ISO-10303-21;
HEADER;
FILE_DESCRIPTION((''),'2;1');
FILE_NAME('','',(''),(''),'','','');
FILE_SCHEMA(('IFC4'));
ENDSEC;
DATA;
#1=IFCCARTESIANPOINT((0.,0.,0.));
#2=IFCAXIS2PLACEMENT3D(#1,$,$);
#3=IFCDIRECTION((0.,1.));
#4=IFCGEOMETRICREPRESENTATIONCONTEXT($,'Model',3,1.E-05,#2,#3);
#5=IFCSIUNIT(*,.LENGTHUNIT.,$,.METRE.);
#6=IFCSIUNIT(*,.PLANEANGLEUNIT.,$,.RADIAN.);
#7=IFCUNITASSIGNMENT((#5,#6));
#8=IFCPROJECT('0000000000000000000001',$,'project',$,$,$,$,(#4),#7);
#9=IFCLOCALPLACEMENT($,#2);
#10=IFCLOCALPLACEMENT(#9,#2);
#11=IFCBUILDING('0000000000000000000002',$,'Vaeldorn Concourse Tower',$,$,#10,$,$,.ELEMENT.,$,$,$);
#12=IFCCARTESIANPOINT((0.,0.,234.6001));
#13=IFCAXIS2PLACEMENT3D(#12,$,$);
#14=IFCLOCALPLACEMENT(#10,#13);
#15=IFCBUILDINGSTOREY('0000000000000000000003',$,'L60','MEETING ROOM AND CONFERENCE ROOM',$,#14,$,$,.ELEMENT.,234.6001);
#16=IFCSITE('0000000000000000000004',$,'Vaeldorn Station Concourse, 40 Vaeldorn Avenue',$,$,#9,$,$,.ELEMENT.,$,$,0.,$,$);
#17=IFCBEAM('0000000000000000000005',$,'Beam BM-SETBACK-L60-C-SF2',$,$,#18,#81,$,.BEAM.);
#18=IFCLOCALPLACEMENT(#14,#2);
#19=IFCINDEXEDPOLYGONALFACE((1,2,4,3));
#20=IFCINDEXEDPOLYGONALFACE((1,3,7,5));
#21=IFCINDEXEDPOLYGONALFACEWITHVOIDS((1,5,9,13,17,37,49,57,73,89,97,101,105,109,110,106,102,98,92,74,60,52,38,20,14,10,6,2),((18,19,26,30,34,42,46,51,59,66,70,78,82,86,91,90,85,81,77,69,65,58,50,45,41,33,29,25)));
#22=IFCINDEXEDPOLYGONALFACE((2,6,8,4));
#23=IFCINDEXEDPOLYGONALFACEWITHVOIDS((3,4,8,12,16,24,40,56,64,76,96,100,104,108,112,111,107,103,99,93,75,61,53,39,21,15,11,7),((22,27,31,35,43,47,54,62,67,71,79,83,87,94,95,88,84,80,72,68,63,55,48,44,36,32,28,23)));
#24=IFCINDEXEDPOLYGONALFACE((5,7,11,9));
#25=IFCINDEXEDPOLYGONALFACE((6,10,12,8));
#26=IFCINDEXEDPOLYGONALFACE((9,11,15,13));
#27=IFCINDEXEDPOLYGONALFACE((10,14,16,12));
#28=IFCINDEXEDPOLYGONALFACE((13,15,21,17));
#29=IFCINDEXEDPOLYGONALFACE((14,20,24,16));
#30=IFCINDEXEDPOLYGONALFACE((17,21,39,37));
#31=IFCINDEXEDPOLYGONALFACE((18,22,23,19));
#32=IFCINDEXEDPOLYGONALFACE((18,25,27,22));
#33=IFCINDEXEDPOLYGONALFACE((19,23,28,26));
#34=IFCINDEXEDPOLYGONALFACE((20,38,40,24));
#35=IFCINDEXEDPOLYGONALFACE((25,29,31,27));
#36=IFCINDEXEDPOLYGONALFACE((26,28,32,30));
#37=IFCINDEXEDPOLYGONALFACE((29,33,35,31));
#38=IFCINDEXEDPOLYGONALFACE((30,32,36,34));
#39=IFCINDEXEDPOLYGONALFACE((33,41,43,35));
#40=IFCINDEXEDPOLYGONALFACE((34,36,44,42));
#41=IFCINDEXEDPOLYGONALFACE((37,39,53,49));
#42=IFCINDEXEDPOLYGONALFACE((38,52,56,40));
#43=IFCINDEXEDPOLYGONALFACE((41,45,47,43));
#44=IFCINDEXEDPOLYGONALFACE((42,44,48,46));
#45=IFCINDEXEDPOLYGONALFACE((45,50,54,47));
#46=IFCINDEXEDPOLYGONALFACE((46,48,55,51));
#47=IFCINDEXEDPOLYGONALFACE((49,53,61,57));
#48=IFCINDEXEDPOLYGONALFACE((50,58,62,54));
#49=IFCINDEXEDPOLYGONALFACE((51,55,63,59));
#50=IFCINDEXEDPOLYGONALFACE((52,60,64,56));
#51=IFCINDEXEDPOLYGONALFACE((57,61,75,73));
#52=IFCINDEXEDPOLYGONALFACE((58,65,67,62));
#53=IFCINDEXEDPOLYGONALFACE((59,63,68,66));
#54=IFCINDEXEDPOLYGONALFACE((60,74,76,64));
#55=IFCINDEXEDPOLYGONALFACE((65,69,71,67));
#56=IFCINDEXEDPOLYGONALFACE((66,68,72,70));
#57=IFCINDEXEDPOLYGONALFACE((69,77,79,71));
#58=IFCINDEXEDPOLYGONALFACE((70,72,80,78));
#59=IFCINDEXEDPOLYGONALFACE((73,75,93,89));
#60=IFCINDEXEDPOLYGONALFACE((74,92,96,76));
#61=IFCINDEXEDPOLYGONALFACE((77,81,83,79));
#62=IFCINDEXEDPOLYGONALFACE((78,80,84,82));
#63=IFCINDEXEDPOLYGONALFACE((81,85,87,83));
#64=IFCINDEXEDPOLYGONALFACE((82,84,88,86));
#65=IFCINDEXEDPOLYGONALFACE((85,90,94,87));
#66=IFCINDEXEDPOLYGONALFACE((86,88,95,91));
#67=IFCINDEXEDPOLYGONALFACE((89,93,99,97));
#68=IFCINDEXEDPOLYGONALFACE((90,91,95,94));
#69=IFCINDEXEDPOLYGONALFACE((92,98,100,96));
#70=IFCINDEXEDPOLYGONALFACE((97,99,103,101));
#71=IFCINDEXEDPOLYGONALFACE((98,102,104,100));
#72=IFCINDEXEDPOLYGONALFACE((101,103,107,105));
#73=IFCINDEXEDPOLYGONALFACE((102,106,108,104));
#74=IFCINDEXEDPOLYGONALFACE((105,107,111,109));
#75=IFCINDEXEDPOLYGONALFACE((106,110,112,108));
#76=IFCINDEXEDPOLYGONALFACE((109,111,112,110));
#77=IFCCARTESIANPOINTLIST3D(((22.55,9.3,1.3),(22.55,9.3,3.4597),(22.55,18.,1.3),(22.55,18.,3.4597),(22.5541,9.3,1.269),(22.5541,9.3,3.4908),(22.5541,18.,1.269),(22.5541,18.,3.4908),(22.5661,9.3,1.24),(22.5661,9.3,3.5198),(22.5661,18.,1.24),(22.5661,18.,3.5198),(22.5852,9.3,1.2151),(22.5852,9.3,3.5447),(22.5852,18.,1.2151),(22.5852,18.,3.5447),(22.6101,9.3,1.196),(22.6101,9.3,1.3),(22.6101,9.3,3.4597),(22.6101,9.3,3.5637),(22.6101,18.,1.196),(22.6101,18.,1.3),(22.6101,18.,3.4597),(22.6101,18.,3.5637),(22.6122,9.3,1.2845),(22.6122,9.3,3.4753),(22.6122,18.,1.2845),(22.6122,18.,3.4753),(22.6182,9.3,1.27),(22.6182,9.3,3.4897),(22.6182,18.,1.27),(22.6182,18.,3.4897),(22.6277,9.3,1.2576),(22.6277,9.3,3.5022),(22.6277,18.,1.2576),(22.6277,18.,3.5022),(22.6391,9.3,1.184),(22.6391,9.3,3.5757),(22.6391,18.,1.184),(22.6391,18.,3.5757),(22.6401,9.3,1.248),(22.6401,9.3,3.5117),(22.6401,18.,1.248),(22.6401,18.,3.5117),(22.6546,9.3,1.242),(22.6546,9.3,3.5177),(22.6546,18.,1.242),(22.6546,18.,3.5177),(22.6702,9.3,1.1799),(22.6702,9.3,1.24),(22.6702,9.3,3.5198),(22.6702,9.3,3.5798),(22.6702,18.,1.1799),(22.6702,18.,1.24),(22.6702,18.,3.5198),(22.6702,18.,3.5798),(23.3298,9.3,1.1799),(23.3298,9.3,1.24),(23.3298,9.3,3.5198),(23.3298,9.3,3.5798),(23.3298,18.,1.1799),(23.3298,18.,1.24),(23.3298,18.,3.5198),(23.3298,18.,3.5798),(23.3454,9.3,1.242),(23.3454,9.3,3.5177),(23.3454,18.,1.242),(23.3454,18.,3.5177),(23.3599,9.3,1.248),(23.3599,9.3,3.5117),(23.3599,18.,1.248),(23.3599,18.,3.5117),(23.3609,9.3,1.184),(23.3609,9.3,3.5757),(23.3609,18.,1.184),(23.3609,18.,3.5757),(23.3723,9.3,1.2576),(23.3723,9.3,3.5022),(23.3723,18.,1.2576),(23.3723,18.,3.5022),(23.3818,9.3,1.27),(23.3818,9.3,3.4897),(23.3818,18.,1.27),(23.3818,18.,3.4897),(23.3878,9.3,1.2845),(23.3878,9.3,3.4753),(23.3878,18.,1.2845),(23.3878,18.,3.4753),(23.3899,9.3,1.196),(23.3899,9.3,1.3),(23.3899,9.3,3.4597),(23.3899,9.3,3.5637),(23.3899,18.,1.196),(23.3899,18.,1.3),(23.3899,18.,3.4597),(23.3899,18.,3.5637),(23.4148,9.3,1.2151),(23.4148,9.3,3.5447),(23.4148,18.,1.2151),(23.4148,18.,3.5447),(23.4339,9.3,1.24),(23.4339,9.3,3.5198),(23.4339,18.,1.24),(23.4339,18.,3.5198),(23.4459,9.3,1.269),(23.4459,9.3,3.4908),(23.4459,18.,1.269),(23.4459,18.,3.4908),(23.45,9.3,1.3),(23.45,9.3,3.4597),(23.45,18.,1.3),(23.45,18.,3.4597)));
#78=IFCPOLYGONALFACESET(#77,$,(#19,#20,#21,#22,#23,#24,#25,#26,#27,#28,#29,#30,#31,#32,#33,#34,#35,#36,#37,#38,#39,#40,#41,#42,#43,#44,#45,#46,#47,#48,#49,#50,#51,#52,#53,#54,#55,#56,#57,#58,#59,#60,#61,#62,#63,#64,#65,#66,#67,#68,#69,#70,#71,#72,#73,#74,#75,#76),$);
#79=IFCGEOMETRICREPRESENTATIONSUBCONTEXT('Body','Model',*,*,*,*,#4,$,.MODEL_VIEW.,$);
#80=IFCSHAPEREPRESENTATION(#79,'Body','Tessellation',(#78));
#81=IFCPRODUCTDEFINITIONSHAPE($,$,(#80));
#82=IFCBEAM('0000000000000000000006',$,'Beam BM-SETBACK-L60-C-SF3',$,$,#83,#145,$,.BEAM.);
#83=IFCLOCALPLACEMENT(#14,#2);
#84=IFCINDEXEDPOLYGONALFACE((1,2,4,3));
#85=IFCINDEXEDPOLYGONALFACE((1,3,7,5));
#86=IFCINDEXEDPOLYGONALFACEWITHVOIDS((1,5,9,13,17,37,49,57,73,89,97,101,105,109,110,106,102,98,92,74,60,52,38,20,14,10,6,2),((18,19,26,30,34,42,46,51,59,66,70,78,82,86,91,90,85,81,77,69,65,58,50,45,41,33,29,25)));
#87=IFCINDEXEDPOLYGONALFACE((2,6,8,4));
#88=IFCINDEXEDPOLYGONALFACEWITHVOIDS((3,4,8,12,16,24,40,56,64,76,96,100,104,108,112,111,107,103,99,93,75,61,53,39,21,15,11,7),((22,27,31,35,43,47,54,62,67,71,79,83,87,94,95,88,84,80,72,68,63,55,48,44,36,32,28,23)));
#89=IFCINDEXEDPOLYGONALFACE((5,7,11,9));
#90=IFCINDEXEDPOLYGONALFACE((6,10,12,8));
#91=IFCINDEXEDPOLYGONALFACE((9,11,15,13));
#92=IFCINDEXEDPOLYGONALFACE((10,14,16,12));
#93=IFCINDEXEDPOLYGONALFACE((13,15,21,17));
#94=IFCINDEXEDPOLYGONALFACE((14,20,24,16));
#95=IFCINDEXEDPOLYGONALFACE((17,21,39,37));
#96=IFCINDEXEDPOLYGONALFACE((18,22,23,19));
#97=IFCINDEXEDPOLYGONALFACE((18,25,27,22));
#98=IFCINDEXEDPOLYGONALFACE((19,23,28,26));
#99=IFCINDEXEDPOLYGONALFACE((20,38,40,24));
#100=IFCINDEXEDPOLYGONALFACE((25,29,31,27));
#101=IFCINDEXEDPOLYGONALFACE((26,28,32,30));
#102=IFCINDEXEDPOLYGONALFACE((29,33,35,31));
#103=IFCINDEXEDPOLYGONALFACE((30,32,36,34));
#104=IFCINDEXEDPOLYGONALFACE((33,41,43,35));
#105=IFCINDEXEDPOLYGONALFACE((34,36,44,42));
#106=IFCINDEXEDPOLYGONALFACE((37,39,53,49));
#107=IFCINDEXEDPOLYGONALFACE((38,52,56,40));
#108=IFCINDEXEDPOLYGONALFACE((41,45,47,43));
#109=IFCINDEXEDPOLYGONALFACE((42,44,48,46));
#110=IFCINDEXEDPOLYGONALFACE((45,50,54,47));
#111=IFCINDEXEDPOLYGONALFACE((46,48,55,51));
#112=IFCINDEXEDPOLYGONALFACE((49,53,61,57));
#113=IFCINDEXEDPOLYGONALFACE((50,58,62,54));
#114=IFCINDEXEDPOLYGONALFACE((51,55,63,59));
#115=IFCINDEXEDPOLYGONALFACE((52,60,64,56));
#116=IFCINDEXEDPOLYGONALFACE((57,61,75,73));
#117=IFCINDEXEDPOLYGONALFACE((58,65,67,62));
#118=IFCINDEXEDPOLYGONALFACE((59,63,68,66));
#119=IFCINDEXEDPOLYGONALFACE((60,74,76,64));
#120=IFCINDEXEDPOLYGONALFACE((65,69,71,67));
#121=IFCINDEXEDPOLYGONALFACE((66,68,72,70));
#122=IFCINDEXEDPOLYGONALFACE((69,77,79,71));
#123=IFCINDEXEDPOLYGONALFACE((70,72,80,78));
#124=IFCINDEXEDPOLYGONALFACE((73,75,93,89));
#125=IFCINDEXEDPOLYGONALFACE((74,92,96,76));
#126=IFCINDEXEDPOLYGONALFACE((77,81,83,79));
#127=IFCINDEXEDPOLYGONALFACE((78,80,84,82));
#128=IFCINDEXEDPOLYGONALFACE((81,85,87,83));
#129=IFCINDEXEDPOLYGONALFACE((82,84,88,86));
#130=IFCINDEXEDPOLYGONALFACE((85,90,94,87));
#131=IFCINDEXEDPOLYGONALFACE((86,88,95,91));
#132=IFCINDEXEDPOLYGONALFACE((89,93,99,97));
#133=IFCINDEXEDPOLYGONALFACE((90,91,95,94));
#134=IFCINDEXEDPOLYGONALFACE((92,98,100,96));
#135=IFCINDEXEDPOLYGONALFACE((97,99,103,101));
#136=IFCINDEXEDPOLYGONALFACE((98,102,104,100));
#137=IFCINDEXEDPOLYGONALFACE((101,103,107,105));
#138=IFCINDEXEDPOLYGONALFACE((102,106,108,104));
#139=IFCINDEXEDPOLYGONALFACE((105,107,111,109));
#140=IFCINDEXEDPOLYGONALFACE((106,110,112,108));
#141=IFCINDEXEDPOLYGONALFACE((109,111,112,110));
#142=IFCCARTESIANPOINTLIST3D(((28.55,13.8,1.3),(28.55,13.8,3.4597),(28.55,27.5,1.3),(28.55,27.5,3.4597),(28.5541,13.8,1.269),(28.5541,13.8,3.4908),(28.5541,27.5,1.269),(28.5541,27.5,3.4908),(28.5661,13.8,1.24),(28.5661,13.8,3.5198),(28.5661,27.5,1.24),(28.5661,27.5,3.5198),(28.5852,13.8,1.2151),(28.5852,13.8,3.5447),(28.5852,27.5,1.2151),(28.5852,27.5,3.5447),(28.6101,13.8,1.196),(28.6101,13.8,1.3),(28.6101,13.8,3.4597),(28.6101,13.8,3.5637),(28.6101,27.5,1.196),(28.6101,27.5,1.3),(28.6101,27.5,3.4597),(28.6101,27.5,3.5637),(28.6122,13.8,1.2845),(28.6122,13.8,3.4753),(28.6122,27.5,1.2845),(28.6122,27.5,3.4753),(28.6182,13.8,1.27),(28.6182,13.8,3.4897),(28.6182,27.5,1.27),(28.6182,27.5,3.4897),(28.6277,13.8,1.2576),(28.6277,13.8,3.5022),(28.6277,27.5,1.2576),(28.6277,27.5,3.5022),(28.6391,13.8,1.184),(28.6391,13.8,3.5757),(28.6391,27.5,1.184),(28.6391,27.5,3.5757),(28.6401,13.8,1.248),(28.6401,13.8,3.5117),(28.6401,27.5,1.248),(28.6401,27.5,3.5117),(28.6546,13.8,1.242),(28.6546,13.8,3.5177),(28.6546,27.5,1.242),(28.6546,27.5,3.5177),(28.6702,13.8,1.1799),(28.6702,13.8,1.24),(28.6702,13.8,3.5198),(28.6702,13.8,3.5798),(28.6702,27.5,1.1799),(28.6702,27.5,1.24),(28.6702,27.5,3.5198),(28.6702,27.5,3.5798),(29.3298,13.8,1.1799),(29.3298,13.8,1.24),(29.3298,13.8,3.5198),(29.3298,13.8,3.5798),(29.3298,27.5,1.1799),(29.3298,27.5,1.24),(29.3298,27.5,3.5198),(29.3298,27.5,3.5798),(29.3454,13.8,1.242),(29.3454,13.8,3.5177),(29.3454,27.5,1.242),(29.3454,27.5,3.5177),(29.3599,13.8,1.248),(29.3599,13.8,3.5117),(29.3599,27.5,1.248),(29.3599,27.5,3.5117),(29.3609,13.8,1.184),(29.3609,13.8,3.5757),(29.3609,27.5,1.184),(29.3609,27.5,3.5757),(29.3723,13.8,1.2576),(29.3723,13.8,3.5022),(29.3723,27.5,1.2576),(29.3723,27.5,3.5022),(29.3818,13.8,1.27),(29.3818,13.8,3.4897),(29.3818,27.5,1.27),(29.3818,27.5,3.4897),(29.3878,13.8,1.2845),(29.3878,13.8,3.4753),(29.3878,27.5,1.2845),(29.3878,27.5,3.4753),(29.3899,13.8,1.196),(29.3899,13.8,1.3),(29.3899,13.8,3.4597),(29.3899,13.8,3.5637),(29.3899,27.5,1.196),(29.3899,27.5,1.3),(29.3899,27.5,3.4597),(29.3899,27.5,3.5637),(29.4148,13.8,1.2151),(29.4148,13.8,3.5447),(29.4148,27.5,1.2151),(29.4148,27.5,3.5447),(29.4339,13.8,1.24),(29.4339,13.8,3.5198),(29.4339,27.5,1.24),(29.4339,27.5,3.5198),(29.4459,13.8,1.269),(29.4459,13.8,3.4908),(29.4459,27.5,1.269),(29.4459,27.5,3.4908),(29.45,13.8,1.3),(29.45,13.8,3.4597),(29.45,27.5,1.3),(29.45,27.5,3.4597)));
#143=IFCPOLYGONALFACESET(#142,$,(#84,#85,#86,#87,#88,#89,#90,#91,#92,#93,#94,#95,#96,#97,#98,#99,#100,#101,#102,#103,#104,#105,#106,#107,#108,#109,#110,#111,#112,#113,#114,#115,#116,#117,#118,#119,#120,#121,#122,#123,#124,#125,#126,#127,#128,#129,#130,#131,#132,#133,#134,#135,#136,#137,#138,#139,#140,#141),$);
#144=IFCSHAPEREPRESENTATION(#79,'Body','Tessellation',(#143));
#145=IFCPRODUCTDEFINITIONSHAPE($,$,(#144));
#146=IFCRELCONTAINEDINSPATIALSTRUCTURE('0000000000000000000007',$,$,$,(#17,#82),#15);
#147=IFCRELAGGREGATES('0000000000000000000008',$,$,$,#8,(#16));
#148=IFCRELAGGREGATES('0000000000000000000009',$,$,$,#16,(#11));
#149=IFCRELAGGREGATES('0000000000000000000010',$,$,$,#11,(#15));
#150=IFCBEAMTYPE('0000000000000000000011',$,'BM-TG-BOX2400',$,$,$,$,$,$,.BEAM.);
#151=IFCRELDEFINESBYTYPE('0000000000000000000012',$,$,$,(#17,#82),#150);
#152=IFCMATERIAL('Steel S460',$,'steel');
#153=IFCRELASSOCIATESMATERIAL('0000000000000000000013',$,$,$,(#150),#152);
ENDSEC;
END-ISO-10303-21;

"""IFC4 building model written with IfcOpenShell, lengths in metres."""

from ifc_helpers import new_model, si_unit, direction, frame, origin, origin_2d, place, context, subcontext, project, spatial, hollow_rectangle, extrude, source, transform, mapped, material, material_profile, profile_set, type_object, element, save


model = new_model("IFC4")

# Units and contexts
model_context = context("Model", 3, precision=1e-05, world=origin(), true_north=direction((0.0, 1.0)))
body_context = subcontext(model_context, "Body", "Model", "MODEL_VIEW")
ifc_project = project(units=[si_unit("LENGTHUNIT", "METRE"), si_unit("PLANEANGLEUNIT", "RADIAN")], contexts=[model_context])

# Site, building, storey
site_placement = place(None, origin())
site = spatial("IfcSite", under=ifc_project, at=site_placement, Name="Vaeldorn Station Concourse, 40 Vaeldorn Avenue", CompositionType="ELEMENT", RefElevation=0.0)
building_placement = place(site_placement, origin())
building = spatial("IfcBuilding", under=site, at=building_placement, Name="Vaeldorn Concourse Tower", CompositionType="ELEMENT")
storey_placement = place(building_placement, frame((0.0, 0.0, 234.6001)))
storey = spatial("IfcBuildingStorey", under=building, at=storey_placement, Name="L60", Description="MEETING ROOM AND CONFERENCE ROOM", CompositionType="ELEMENT", Elevation=234.6001)

# Beams
ifc_material_1 = material(Name="Steel S460", Category="steel")
ifc_material_profile_1 = material_profile(ifc_material_1, hollow_rectangle(XDim=0.8999, YDim=2.3999, WallThickness=0.0601, InnerFilletRadius=0.0601, OuterFilletRadius=0.1201, at=origin_2d()), Name="RHS 2400x900x60")
ifc_profile_set_1 = profile_set([ifc_material_profile_1], Name="Steel S460")
beam_type_1 = type_object("IfcBeamType", Name="BM-TG-BOX2400", PredefinedType="BEAM", material=ifc_profile_set_1)
shared_shape_1 = source(origin(), body_context, "Body", "SweptSolid", [
    extrude(hollow_rectangle(XDim=0.8999, YDim=2.3999, WallThickness=0.0601, InnerFilletRadius=0.0601, OuterFilletRadius=0.1201, at=origin_2d()), origin(), (0.0, 0.0, 1.0), 8.7),
])
beam_1_placement = place(storey_placement, frame((23.0, 9.3, 2.3799), z_axis=(0.0, 1.0, 0.0), x_axis=(-1.0, 0.0, 0.0)))
element("IfcBeam", 1, at=beam_1_placement, inside=storey, type_object=beam_type_1, Name="Beam BM-SETBACK-L60-C-SF2", PredefinedType="BEAM", context=body_context, shape_type="MappedRepresentation", body=[
    mapped(shared_shape_1, transform((0.0, 0.0, 0.0), scale=1.0)),
])
shared_shape_2 = source(origin(), body_context, "Body", "SweptSolid", [
    extrude(hollow_rectangle(XDim=0.8999, YDim=2.3999, WallThickness=0.0601, InnerFilletRadius=0.0601, OuterFilletRadius=0.1201, at=origin_2d()), origin(), (0.0, 0.0, 1.0), 13.7),
])
beam_2_placement = place(storey_placement, frame((29.0, 13.8, 2.3799), z_axis=(0.0, 1.0, 0.0), x_axis=(-1.0, 0.0, 0.0)))
element("IfcBeam", 2, at=beam_2_placement, inside=storey, type_object=beam_type_1, Name="Beam BM-SETBACK-L60-C-SF3", PredefinedType="BEAM", context=body_context, shape_type="MappedRepresentation", body=[
    mapped(shared_shape_2, transform((0.0, 0.0, 0.0), scale=1.0)),
])

save(model, "model.ifc")
